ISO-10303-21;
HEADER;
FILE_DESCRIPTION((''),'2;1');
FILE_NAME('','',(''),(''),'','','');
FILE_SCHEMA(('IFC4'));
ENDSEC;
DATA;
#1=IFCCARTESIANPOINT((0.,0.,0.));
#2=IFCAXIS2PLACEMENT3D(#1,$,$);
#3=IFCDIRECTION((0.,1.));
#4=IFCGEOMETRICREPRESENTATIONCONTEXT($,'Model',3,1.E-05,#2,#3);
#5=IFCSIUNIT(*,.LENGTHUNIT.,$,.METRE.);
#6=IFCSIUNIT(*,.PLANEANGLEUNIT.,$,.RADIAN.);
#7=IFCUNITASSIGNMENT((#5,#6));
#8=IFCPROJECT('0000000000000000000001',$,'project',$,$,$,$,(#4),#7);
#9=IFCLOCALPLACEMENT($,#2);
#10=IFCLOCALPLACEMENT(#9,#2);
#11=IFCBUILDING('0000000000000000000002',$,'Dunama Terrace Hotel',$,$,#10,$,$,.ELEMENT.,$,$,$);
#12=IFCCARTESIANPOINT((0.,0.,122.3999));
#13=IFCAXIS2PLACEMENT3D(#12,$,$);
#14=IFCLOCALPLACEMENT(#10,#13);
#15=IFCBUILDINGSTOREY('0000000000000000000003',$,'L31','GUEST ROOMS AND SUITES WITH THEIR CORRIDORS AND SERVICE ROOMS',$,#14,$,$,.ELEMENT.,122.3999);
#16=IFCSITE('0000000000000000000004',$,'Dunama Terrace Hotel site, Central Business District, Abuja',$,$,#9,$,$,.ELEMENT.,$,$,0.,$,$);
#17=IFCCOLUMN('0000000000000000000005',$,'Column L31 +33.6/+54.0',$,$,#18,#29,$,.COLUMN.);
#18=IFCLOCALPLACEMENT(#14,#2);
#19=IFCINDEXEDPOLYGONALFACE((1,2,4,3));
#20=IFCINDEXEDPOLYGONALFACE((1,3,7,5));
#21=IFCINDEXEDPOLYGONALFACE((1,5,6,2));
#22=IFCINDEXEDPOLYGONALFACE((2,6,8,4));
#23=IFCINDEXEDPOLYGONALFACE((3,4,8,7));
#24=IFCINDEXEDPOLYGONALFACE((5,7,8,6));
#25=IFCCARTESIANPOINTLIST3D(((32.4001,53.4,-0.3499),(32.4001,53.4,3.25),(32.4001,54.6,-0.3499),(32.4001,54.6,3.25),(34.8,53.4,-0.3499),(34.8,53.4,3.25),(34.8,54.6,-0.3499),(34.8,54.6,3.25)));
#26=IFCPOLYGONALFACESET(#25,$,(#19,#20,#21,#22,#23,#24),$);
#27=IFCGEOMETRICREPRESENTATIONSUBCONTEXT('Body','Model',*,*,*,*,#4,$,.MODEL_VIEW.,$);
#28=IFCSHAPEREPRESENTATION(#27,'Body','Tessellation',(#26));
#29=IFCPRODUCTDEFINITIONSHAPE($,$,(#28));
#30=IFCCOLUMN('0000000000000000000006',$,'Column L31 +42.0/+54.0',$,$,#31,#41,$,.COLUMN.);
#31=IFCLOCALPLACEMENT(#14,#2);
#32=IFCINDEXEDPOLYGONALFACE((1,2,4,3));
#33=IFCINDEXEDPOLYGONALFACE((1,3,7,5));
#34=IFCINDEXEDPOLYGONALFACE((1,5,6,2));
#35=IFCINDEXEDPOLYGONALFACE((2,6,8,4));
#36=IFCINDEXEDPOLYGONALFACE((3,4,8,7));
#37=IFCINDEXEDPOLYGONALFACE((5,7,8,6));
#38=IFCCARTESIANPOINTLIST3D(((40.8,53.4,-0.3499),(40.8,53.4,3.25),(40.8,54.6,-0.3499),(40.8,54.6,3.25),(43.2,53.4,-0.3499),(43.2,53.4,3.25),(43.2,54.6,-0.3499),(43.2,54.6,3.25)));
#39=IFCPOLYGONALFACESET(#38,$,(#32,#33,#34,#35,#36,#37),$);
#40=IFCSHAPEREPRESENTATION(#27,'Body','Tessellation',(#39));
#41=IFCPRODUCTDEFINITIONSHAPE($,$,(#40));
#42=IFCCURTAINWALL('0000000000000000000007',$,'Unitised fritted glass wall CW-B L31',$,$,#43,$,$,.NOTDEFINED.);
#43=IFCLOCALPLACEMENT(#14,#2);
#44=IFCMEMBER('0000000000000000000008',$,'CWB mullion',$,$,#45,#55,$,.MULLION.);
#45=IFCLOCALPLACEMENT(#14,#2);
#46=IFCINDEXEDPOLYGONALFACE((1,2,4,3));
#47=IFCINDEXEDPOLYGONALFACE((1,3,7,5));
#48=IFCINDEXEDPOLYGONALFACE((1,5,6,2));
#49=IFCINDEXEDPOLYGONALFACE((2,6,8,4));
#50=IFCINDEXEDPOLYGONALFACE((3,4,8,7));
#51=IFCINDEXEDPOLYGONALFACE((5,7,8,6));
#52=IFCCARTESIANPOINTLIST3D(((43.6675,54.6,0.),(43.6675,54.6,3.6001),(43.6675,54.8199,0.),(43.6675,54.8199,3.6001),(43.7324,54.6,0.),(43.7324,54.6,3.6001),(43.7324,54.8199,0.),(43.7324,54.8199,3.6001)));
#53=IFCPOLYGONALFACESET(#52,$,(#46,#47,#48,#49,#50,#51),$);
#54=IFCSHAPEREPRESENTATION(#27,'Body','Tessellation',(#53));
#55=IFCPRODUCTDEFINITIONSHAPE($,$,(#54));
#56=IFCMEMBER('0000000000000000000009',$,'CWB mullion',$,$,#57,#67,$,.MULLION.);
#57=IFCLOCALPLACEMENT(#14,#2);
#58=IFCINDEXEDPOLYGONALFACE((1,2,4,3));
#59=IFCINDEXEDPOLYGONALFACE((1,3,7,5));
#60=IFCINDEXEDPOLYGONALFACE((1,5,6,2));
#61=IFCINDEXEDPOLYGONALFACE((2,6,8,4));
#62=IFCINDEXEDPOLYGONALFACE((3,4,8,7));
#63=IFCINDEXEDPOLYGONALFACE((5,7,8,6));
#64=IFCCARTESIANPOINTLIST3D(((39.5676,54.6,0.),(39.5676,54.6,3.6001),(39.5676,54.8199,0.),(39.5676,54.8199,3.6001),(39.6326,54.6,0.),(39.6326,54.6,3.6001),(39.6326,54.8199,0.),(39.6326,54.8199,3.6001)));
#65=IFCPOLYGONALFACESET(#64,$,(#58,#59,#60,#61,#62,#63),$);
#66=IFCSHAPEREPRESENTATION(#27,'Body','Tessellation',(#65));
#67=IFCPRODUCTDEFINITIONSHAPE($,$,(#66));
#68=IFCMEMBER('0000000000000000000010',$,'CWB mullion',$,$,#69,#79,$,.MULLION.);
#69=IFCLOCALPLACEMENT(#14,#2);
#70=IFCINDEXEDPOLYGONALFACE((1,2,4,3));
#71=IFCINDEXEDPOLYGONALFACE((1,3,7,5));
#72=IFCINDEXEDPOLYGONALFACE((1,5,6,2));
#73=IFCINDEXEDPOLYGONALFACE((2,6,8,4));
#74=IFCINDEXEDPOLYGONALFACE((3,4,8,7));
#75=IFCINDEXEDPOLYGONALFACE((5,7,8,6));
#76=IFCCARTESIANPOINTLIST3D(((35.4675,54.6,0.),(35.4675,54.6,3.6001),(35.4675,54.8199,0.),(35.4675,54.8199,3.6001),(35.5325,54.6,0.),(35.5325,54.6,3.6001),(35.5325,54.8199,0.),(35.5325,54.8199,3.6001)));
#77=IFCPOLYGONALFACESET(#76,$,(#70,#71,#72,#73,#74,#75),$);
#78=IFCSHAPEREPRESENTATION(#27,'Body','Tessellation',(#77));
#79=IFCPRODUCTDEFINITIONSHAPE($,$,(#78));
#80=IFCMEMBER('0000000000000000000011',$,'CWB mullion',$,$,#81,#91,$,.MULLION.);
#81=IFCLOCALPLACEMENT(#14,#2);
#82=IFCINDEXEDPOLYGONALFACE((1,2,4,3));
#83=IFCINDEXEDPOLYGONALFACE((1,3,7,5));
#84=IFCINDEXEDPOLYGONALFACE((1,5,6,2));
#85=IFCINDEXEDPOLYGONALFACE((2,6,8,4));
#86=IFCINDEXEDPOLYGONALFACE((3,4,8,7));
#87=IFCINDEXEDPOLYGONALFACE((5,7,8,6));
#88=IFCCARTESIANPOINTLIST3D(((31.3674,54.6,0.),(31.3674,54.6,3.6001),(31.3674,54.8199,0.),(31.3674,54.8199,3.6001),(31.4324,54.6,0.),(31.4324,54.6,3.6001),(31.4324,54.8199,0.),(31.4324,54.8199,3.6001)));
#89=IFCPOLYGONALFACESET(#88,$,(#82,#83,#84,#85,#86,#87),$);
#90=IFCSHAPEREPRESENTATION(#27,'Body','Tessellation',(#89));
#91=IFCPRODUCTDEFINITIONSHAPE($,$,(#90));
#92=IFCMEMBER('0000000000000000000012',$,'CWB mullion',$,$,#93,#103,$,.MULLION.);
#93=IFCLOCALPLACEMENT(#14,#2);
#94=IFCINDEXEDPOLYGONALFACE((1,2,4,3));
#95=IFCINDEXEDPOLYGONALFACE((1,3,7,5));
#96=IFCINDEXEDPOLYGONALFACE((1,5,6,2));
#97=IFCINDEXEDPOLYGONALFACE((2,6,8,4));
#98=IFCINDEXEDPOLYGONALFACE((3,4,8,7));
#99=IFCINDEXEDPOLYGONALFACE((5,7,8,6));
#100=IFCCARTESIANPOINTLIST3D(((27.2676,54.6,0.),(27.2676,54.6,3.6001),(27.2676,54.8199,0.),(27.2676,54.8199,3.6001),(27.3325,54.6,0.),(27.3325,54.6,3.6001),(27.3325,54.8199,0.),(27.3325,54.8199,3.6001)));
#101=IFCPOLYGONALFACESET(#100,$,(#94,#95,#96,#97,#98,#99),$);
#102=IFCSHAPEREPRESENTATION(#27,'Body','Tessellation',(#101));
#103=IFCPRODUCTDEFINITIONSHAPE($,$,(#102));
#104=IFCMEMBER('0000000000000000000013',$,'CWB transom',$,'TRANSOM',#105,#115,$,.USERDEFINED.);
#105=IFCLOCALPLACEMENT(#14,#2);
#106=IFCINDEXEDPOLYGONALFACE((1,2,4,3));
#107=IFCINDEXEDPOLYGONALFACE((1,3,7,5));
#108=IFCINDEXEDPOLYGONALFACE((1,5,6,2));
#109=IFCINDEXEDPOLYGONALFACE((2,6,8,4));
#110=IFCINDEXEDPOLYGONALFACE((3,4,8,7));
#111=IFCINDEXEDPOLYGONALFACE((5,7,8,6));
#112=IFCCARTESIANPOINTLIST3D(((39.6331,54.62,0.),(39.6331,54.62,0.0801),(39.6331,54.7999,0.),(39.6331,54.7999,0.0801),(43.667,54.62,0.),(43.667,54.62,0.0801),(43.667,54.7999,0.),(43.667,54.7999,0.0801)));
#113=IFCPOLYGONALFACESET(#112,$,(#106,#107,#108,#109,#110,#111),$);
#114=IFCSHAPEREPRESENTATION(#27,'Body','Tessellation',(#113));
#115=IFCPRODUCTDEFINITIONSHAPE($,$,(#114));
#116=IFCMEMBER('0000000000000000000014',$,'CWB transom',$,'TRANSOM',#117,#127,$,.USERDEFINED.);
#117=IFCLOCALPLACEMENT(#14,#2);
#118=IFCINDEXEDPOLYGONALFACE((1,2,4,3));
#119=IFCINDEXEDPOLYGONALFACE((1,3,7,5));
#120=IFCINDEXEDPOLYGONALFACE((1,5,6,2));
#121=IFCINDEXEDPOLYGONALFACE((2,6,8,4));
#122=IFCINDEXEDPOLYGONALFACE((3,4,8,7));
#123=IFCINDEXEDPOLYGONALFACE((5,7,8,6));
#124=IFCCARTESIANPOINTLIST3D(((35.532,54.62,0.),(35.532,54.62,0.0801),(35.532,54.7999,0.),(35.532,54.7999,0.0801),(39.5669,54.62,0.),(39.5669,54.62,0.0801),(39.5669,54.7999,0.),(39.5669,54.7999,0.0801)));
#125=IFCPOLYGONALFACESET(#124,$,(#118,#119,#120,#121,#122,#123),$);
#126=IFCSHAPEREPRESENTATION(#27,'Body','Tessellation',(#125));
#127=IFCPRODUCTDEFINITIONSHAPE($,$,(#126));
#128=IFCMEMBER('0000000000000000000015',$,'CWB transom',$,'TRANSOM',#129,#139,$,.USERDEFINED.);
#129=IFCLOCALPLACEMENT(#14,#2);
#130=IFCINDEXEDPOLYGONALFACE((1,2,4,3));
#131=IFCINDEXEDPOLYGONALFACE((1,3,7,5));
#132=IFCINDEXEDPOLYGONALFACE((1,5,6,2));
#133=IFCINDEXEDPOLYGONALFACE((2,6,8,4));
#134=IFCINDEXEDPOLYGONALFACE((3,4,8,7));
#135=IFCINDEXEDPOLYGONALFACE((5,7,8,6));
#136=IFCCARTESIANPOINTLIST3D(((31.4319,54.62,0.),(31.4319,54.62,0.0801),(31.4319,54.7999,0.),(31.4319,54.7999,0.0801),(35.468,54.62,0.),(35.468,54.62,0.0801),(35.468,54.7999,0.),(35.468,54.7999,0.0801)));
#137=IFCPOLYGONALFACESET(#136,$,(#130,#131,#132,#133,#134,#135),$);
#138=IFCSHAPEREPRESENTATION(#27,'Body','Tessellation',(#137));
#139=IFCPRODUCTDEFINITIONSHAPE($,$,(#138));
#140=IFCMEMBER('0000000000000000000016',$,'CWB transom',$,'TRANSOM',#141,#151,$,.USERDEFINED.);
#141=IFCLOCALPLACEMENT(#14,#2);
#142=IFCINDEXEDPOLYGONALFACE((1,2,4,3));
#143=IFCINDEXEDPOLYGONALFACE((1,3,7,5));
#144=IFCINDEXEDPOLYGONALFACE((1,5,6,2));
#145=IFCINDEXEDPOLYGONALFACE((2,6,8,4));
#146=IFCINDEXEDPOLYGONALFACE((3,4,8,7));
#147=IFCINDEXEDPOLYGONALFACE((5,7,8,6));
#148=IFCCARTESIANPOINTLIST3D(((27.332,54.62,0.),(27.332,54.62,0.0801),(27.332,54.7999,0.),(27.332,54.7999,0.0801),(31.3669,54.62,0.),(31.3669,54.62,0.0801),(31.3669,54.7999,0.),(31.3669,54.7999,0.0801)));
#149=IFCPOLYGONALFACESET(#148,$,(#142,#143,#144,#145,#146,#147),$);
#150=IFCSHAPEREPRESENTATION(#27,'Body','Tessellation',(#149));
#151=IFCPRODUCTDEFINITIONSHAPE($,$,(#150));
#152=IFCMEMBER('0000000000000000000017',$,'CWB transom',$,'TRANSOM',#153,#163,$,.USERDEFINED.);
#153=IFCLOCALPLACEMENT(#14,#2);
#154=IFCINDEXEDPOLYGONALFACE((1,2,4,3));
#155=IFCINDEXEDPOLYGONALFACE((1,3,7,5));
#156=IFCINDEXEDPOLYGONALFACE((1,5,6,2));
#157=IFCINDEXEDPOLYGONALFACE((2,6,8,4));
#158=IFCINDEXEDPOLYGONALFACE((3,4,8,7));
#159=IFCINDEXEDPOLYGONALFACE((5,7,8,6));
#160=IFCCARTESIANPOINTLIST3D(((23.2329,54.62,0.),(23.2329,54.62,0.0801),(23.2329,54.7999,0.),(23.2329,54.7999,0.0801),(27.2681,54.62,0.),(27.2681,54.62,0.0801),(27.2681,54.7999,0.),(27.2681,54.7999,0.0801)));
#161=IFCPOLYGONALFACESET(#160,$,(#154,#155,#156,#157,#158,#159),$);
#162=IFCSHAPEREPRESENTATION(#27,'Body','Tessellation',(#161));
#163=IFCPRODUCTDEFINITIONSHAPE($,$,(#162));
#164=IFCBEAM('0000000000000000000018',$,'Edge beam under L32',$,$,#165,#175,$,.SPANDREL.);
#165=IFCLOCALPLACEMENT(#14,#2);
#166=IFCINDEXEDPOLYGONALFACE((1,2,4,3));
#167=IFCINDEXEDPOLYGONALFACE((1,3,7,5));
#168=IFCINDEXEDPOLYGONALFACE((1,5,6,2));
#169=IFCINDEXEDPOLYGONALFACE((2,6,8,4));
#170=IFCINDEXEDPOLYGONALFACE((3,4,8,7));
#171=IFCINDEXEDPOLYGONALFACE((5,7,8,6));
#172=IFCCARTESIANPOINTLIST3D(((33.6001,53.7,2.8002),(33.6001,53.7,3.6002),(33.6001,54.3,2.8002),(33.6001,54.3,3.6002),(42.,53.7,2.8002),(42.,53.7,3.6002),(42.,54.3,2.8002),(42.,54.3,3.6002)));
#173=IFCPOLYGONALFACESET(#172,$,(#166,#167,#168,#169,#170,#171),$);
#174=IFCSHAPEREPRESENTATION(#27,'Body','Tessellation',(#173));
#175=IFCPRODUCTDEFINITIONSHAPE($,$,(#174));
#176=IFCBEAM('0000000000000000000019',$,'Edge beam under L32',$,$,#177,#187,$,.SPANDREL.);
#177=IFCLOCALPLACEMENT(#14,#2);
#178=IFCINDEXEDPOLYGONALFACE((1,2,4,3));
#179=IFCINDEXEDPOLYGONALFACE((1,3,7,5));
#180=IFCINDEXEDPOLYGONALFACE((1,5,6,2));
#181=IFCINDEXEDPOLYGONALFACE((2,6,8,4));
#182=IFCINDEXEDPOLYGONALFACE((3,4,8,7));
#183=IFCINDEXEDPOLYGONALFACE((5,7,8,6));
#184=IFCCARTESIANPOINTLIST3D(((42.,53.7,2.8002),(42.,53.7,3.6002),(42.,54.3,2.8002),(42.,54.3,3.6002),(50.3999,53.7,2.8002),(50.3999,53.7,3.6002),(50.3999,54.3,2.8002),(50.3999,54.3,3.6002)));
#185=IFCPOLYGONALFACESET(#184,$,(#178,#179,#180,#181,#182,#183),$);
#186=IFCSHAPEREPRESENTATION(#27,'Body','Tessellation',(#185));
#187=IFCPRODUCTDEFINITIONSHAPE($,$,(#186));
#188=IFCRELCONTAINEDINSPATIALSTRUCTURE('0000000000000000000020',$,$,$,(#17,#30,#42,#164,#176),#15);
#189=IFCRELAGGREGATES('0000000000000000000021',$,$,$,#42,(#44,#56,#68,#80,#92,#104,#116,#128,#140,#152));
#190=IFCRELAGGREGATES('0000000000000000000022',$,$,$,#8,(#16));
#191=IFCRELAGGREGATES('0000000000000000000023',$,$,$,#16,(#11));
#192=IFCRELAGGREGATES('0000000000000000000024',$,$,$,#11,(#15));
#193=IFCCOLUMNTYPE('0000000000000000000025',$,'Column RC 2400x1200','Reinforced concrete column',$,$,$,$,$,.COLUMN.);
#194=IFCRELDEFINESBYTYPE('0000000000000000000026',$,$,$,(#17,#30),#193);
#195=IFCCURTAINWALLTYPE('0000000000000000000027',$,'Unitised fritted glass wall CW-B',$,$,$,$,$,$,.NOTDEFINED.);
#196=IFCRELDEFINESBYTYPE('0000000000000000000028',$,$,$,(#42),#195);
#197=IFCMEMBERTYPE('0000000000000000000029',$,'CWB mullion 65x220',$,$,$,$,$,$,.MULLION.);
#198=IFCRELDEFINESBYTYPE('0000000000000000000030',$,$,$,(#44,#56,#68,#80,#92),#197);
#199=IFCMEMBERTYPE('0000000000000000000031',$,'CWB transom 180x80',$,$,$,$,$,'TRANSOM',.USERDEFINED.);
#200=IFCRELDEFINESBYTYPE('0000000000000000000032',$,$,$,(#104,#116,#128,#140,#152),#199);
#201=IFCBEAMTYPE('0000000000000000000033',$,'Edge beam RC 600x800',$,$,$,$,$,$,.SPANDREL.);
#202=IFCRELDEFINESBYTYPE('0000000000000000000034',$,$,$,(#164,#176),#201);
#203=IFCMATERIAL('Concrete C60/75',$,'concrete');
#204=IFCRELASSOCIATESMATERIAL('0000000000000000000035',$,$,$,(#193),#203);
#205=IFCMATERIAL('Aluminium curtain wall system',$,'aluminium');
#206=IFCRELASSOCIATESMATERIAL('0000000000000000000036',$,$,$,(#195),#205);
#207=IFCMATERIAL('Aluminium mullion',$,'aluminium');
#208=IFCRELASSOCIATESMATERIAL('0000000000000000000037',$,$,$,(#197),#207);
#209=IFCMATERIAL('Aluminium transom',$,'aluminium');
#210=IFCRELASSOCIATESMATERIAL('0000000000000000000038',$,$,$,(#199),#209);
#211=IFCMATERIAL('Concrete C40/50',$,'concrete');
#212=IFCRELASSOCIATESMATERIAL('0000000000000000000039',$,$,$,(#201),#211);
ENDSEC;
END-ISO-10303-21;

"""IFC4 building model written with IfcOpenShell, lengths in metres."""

from ifc_helpers import new_model, si_unit, direction, frame, origin, origin_2d, place, context, subcontext, project, spatial, rectangle, extrude, material, material_profile, profile_set, type_object, element, aggregate, save


model = new_model("IFC4")

# Units and contexts
model_context = context("Model", 3, precision=1e-05, world=origin(), true_north=direction((0.0, 1.0)))
body_context = subcontext(model_context, "Body", "Model", "MODEL_VIEW")
ifc_project = project(units=[si_unit("LENGTHUNIT", "METRE"), si_unit("PLANEANGLEUNIT", "RADIAN")], contexts=[model_context])

# Site, building, storey
site_placement = place(None, origin())
site = spatial("IfcSite", under=ifc_project, at=site_placement, Name="Dunama Terrace Hotel site, Central Business District, Abuja", CompositionType="ELEMENT", RefElevation=0.0)
building_placement = place(site_placement, origin())
building = spatial("IfcBuilding", under=site, at=building_placement, Name="Dunama Terrace Hotel", CompositionType="ELEMENT")
storey_placement = place(building_placement, frame((0.0, 0.0, 122.3999)))
storey = spatial("IfcBuildingStorey", under=building, at=storey_placement, Name="L31", Description="GUEST ROOMS AND SUITES WITH THEIR CORRIDORS AND SERVICE ROOMS", CompositionType="ELEMENT", Elevation=122.3999)

# Columns
ifc_material_1 = material(Name="Concrete C60/75", Category="concrete")
ifc_material_profile_1 = material_profile(ifc_material_1, rectangle(XDim=2.3999, YDim=1.2, at=origin_2d()), Name="RC 2400x1200")
ifc_profile_set_1 = profile_set([ifc_material_profile_1], Name="Concrete C60/75")
column_type = type_object("IfcColumnType", Name="Column RC 2400x1200", Description="Reinforced concrete column", PredefinedType="COLUMN", material=ifc_profile_set_1)
for number, where, z_axis, x_axis, name in (
    (1, (33.6001, 54.0, -0.3499), (0.0, 0.0, 1.0), (1.0, 0.0, 0.0), "Column L31 +33.6/+54.0"),
    (2, (42.0, 54.0, -0.3499), (0.0, 0.0, 1.0), (1.0, 0.0, 0.0), "Column L31 +42.0/+54.0"),
):
    element("IfcColumn", number, at=place(storey_placement, frame(where, z_axis=z_axis, x_axis=x_axis)), inside=storey, type_object=column_type, Name=name, PredefinedType="COLUMN", context=body_context, shape_type="SweptSolid", body=[
        extrude(rectangle(XDim=2.3999, YDim=1.2, at=origin_2d()), origin(), (0.0, 0.0, 1.0), 3.5999),
    ])

# Curtain wall, members
ifc_material_2 = material(Name="Aluminium curtain wall system", Category="aluminium")
curtain_wall_type = type_object("IfcCurtainWallType", Name="Unitised fritted glass wall CW-B", PredefinedType="NOTDEFINED", material=ifc_material_2)
curtain_wall_placement = place(storey_placement, origin())
curtain_wall = element("IfcCurtainWall", 3, at=curtain_wall_placement, inside=storey, type_object=curtain_wall_type, Name="Unitised fritted glass wall CW-B L31", PredefinedType="NOTDEFINED")
ifc_material_3 = material(Name="Aluminium mullion", Category="aluminium")
ifc_material_profile_2 = material_profile(ifc_material_3, rectangle(XDim=0.0649, YDim=0.22, at=origin_2d()), Name="CWB MULLION 65X220")
ifc_profile_set_2 = profile_set([ifc_material_profile_2], Name="Aluminium mullion")
member_type_1 = type_object("IfcMemberType", Name="CWB mullion 65x220", PredefinedType="MULLION", material=ifc_profile_set_2)
member_1_placement = place(storey_placement, frame((43.7, 54.71, 0.0), z_axis=(0.0, 0.0, 1.0), x_axis=(-1.0, 0.0, 0.0)))
member_1 = element("IfcMember", 4, at=member_1_placement, type_object=member_type_1, Name="CWB mullion", PredefinedType="MULLION", context=body_context, shape_type="SweptSolid", body=[
    extrude(rectangle(XDim=0.0649, YDim=0.22, at=origin_2d()), origin(), (0.0, 0.0, 1.0), 3.6001),
])
member_2_placement = place(storey_placement, frame((39.6001, 54.71, 0.0), z_axis=(0.0, 0.0, 1.0), x_axis=(-1.0, 0.0, 0.0)))
member_2 = element("IfcMember", 5, at=member_2_placement, type_object=member_type_1, Name="CWB mullion", PredefinedType="MULLION", context=body_context, shape_type="SweptSolid", body=[
    extrude(rectangle(XDim=0.0649, YDim=0.22, at=origin_2d()), origin(), (0.0, 0.0, 1.0), 3.6001),
])
member_3_placement = place(storey_placement, frame((35.5, 54.71, 0.0), z_axis=(0.0, 0.0, 1.0), x_axis=(-1.0, 0.0, 0.0)))
member_3 = element("IfcMember", 6, at=member_3_placement, type_object=member_type_1, Name="CWB mullion", PredefinedType="MULLION", context=body_context, shape_type="SweptSolid", body=[
    extrude(rectangle(XDim=0.0649, YDim=0.22, at=origin_2d()), origin(), (0.0, 0.0, 1.0), 3.6001),
])
member_4_placement = place(storey_placement, frame((31.3999, 54.71, 0.0), z_axis=(0.0, 0.0, 1.0), x_axis=(-1.0, 0.0, 0.0)))
member_4 = element("IfcMember", 7, at=member_4_placement, type_object=member_type_1, Name="CWB mullion", PredefinedType="MULLION", context=body_context, shape_type="SweptSolid", body=[
    extrude(rectangle(XDim=0.0649, YDim=0.22, at=origin_2d()), origin(), (0.0, 0.0, 1.0), 3.6001),
])
member_5_placement = place(storey_placement, frame((27.3, 54.71, 0.0), z_axis=(0.0, 0.0, 1.0), x_axis=(-1.0, 0.0, 0.0)))
member_5 = element("IfcMember", 8, at=member_5_placement, type_object=member_type_1, Name="CWB mullion", PredefinedType="MULLION", context=body_context, shape_type="SweptSolid", body=[
    extrude(rectangle(XDim=0.0649, YDim=0.22, at=origin_2d()), origin(), (0.0, 0.0, 1.0), 3.6001),
])
ifc_material_4 = material(Name="Aluminium transom", Category="aluminium")
ifc_material_profile_3 = material_profile(ifc_material_4, rectangle(XDim=0.1799, YDim=0.0801, at=origin_2d()), Name="CWB TRANSOM 180X80")
ifc_profile_set_3 = profile_set([ifc_material_profile_3], Name="Aluminium transom")
member_type_2 = type_object("IfcMemberType", Name="CWB transom 180x80", ElementType="TRANSOM", PredefinedType="USERDEFINED", material=ifc_profile_set_3)
member_6_placement = place(storey_placement, frame((43.667, 54.71, 0.04), z_axis=(-1.0, 0.0, 0.0), x_axis=(0.0, -1.0, 0.0)))
member_6 = element("IfcMember", 9, at=member_6_placement, type_object=member_type_2, Name="CWB transom", ObjectType="TRANSOM", PredefinedType="USERDEFINED", context=body_context, shape_type="SweptSolid", body=[
    extrude(rectangle(XDim=0.1799, YDim=0.0801, at=origin_2d()), origin(), (0.0, 0.0, 1.0), 4.0339),
])
member_7_placement = place(storey_placement, frame((39.5669, 54.71, 0.04), z_axis=(-1.0, 0.0, 0.0), x_axis=(0.0, -1.0, 0.0)))
member_7 = element("IfcMember", 10, at=member_7_placement, type_object=member_type_2, Name="CWB transom", ObjectType="TRANSOM", PredefinedType="USERDEFINED", context=body_context, shape_type="SweptSolid", body=[
    extrude(rectangle(XDim=0.1799, YDim=0.0801, at=origin_2d()), origin(), (0.0, 0.0, 1.0), 4.0349),
])
member_8_placement = place(storey_placement, frame((35.468, 54.71, 0.04), z_axis=(-1.0, 0.0, 0.0), x_axis=(0.0, -1.0, 0.0)))
member_8 = element("IfcMember", 11, at=member_8_placement, type_object=member_type_2, Name="CWB transom", ObjectType="TRANSOM", PredefinedType="USERDEFINED", context=body_context, shape_type="SweptSolid", body=[
    extrude(rectangle(XDim=0.1799, YDim=0.0801, at=origin_2d()), origin(), (0.0, 0.0, 1.0), 4.0361),
])
member_9_placement = place(storey_placement, frame((31.3669, 54.71, 0.04), z_axis=(-1.0, 0.0, 0.0), x_axis=(0.0, -1.0, 0.0)))
member_9 = element("IfcMember", 12, at=member_9_placement, type_object=member_type_2, Name="CWB transom", ObjectType="TRANSOM", PredefinedType="USERDEFINED", context=body_context, shape_type="SweptSolid", body=[
    extrude(rectangle(XDim=0.1799, YDim=0.0801, at=origin_2d()), origin(), (0.0, 0.0, 1.0), 4.0349),
])
member_10_placement = place(storey_placement, frame((27.2681, 54.71, 0.04), z_axis=(-1.0, 0.0, 0.0), x_axis=(0.0, -1.0, 0.0)))
member_10 = element("IfcMember", 13, at=member_10_placement, type_object=member_type_2, Name="CWB transom", ObjectType="TRANSOM", PredefinedType="USERDEFINED", context=body_context, shape_type="SweptSolid", body=[
    extrude(rectangle(XDim=0.1799, YDim=0.0801, at=origin_2d()), origin(), (0.0, 0.0, 1.0), 4.0352),
])

# Beams
ifc_material_5 = material(Name="Concrete C40/50", Category="concrete")
ifc_material_profile_4 = material_profile(ifc_material_5, rectangle(XDim=0.6001, YDim=0.8, at=origin_2d()), Name="RC 600x800")
ifc_profile_set_4 = profile_set([ifc_material_profile_4], Name="Concrete C40/50")
beam_type = type_object("IfcBeamType", Name="Edge beam RC 600x800", PredefinedType="SPANDREL", material=ifc_profile_set_4)
for number, where, z_axis, x_axis, name in (
    (14, (33.6001, 54.0, 3.2002), (1.0, 0.0, 0.0), (0.0, 1.0, 0.0), "Edge beam under L32"),
    (15, (42.0, 54.0, 3.2002), (1.0, 0.0, 0.0), (0.0, 1.0, 0.0), "Edge beam under L32"),
):
    element("IfcBeam", number, at=place(storey_placement, frame(where, z_axis=z_axis, x_axis=x_axis)), inside=storey, type_object=beam_type, Name=name, PredefinedType="SPANDREL", context=body_context, shape_type="SweptSolid", body=[
        extrude(rectangle(XDim=0.6001, YDim=0.8, at=origin_2d()), origin(), (0.0, 0.0, 1.0), 8.3999),
    ])

aggregate(curtain_wall, [member_1, member_2, member_3, member_4, member_5, member_6, member_7, member_8, member_9, member_10])

save(model, "model.ifc")
